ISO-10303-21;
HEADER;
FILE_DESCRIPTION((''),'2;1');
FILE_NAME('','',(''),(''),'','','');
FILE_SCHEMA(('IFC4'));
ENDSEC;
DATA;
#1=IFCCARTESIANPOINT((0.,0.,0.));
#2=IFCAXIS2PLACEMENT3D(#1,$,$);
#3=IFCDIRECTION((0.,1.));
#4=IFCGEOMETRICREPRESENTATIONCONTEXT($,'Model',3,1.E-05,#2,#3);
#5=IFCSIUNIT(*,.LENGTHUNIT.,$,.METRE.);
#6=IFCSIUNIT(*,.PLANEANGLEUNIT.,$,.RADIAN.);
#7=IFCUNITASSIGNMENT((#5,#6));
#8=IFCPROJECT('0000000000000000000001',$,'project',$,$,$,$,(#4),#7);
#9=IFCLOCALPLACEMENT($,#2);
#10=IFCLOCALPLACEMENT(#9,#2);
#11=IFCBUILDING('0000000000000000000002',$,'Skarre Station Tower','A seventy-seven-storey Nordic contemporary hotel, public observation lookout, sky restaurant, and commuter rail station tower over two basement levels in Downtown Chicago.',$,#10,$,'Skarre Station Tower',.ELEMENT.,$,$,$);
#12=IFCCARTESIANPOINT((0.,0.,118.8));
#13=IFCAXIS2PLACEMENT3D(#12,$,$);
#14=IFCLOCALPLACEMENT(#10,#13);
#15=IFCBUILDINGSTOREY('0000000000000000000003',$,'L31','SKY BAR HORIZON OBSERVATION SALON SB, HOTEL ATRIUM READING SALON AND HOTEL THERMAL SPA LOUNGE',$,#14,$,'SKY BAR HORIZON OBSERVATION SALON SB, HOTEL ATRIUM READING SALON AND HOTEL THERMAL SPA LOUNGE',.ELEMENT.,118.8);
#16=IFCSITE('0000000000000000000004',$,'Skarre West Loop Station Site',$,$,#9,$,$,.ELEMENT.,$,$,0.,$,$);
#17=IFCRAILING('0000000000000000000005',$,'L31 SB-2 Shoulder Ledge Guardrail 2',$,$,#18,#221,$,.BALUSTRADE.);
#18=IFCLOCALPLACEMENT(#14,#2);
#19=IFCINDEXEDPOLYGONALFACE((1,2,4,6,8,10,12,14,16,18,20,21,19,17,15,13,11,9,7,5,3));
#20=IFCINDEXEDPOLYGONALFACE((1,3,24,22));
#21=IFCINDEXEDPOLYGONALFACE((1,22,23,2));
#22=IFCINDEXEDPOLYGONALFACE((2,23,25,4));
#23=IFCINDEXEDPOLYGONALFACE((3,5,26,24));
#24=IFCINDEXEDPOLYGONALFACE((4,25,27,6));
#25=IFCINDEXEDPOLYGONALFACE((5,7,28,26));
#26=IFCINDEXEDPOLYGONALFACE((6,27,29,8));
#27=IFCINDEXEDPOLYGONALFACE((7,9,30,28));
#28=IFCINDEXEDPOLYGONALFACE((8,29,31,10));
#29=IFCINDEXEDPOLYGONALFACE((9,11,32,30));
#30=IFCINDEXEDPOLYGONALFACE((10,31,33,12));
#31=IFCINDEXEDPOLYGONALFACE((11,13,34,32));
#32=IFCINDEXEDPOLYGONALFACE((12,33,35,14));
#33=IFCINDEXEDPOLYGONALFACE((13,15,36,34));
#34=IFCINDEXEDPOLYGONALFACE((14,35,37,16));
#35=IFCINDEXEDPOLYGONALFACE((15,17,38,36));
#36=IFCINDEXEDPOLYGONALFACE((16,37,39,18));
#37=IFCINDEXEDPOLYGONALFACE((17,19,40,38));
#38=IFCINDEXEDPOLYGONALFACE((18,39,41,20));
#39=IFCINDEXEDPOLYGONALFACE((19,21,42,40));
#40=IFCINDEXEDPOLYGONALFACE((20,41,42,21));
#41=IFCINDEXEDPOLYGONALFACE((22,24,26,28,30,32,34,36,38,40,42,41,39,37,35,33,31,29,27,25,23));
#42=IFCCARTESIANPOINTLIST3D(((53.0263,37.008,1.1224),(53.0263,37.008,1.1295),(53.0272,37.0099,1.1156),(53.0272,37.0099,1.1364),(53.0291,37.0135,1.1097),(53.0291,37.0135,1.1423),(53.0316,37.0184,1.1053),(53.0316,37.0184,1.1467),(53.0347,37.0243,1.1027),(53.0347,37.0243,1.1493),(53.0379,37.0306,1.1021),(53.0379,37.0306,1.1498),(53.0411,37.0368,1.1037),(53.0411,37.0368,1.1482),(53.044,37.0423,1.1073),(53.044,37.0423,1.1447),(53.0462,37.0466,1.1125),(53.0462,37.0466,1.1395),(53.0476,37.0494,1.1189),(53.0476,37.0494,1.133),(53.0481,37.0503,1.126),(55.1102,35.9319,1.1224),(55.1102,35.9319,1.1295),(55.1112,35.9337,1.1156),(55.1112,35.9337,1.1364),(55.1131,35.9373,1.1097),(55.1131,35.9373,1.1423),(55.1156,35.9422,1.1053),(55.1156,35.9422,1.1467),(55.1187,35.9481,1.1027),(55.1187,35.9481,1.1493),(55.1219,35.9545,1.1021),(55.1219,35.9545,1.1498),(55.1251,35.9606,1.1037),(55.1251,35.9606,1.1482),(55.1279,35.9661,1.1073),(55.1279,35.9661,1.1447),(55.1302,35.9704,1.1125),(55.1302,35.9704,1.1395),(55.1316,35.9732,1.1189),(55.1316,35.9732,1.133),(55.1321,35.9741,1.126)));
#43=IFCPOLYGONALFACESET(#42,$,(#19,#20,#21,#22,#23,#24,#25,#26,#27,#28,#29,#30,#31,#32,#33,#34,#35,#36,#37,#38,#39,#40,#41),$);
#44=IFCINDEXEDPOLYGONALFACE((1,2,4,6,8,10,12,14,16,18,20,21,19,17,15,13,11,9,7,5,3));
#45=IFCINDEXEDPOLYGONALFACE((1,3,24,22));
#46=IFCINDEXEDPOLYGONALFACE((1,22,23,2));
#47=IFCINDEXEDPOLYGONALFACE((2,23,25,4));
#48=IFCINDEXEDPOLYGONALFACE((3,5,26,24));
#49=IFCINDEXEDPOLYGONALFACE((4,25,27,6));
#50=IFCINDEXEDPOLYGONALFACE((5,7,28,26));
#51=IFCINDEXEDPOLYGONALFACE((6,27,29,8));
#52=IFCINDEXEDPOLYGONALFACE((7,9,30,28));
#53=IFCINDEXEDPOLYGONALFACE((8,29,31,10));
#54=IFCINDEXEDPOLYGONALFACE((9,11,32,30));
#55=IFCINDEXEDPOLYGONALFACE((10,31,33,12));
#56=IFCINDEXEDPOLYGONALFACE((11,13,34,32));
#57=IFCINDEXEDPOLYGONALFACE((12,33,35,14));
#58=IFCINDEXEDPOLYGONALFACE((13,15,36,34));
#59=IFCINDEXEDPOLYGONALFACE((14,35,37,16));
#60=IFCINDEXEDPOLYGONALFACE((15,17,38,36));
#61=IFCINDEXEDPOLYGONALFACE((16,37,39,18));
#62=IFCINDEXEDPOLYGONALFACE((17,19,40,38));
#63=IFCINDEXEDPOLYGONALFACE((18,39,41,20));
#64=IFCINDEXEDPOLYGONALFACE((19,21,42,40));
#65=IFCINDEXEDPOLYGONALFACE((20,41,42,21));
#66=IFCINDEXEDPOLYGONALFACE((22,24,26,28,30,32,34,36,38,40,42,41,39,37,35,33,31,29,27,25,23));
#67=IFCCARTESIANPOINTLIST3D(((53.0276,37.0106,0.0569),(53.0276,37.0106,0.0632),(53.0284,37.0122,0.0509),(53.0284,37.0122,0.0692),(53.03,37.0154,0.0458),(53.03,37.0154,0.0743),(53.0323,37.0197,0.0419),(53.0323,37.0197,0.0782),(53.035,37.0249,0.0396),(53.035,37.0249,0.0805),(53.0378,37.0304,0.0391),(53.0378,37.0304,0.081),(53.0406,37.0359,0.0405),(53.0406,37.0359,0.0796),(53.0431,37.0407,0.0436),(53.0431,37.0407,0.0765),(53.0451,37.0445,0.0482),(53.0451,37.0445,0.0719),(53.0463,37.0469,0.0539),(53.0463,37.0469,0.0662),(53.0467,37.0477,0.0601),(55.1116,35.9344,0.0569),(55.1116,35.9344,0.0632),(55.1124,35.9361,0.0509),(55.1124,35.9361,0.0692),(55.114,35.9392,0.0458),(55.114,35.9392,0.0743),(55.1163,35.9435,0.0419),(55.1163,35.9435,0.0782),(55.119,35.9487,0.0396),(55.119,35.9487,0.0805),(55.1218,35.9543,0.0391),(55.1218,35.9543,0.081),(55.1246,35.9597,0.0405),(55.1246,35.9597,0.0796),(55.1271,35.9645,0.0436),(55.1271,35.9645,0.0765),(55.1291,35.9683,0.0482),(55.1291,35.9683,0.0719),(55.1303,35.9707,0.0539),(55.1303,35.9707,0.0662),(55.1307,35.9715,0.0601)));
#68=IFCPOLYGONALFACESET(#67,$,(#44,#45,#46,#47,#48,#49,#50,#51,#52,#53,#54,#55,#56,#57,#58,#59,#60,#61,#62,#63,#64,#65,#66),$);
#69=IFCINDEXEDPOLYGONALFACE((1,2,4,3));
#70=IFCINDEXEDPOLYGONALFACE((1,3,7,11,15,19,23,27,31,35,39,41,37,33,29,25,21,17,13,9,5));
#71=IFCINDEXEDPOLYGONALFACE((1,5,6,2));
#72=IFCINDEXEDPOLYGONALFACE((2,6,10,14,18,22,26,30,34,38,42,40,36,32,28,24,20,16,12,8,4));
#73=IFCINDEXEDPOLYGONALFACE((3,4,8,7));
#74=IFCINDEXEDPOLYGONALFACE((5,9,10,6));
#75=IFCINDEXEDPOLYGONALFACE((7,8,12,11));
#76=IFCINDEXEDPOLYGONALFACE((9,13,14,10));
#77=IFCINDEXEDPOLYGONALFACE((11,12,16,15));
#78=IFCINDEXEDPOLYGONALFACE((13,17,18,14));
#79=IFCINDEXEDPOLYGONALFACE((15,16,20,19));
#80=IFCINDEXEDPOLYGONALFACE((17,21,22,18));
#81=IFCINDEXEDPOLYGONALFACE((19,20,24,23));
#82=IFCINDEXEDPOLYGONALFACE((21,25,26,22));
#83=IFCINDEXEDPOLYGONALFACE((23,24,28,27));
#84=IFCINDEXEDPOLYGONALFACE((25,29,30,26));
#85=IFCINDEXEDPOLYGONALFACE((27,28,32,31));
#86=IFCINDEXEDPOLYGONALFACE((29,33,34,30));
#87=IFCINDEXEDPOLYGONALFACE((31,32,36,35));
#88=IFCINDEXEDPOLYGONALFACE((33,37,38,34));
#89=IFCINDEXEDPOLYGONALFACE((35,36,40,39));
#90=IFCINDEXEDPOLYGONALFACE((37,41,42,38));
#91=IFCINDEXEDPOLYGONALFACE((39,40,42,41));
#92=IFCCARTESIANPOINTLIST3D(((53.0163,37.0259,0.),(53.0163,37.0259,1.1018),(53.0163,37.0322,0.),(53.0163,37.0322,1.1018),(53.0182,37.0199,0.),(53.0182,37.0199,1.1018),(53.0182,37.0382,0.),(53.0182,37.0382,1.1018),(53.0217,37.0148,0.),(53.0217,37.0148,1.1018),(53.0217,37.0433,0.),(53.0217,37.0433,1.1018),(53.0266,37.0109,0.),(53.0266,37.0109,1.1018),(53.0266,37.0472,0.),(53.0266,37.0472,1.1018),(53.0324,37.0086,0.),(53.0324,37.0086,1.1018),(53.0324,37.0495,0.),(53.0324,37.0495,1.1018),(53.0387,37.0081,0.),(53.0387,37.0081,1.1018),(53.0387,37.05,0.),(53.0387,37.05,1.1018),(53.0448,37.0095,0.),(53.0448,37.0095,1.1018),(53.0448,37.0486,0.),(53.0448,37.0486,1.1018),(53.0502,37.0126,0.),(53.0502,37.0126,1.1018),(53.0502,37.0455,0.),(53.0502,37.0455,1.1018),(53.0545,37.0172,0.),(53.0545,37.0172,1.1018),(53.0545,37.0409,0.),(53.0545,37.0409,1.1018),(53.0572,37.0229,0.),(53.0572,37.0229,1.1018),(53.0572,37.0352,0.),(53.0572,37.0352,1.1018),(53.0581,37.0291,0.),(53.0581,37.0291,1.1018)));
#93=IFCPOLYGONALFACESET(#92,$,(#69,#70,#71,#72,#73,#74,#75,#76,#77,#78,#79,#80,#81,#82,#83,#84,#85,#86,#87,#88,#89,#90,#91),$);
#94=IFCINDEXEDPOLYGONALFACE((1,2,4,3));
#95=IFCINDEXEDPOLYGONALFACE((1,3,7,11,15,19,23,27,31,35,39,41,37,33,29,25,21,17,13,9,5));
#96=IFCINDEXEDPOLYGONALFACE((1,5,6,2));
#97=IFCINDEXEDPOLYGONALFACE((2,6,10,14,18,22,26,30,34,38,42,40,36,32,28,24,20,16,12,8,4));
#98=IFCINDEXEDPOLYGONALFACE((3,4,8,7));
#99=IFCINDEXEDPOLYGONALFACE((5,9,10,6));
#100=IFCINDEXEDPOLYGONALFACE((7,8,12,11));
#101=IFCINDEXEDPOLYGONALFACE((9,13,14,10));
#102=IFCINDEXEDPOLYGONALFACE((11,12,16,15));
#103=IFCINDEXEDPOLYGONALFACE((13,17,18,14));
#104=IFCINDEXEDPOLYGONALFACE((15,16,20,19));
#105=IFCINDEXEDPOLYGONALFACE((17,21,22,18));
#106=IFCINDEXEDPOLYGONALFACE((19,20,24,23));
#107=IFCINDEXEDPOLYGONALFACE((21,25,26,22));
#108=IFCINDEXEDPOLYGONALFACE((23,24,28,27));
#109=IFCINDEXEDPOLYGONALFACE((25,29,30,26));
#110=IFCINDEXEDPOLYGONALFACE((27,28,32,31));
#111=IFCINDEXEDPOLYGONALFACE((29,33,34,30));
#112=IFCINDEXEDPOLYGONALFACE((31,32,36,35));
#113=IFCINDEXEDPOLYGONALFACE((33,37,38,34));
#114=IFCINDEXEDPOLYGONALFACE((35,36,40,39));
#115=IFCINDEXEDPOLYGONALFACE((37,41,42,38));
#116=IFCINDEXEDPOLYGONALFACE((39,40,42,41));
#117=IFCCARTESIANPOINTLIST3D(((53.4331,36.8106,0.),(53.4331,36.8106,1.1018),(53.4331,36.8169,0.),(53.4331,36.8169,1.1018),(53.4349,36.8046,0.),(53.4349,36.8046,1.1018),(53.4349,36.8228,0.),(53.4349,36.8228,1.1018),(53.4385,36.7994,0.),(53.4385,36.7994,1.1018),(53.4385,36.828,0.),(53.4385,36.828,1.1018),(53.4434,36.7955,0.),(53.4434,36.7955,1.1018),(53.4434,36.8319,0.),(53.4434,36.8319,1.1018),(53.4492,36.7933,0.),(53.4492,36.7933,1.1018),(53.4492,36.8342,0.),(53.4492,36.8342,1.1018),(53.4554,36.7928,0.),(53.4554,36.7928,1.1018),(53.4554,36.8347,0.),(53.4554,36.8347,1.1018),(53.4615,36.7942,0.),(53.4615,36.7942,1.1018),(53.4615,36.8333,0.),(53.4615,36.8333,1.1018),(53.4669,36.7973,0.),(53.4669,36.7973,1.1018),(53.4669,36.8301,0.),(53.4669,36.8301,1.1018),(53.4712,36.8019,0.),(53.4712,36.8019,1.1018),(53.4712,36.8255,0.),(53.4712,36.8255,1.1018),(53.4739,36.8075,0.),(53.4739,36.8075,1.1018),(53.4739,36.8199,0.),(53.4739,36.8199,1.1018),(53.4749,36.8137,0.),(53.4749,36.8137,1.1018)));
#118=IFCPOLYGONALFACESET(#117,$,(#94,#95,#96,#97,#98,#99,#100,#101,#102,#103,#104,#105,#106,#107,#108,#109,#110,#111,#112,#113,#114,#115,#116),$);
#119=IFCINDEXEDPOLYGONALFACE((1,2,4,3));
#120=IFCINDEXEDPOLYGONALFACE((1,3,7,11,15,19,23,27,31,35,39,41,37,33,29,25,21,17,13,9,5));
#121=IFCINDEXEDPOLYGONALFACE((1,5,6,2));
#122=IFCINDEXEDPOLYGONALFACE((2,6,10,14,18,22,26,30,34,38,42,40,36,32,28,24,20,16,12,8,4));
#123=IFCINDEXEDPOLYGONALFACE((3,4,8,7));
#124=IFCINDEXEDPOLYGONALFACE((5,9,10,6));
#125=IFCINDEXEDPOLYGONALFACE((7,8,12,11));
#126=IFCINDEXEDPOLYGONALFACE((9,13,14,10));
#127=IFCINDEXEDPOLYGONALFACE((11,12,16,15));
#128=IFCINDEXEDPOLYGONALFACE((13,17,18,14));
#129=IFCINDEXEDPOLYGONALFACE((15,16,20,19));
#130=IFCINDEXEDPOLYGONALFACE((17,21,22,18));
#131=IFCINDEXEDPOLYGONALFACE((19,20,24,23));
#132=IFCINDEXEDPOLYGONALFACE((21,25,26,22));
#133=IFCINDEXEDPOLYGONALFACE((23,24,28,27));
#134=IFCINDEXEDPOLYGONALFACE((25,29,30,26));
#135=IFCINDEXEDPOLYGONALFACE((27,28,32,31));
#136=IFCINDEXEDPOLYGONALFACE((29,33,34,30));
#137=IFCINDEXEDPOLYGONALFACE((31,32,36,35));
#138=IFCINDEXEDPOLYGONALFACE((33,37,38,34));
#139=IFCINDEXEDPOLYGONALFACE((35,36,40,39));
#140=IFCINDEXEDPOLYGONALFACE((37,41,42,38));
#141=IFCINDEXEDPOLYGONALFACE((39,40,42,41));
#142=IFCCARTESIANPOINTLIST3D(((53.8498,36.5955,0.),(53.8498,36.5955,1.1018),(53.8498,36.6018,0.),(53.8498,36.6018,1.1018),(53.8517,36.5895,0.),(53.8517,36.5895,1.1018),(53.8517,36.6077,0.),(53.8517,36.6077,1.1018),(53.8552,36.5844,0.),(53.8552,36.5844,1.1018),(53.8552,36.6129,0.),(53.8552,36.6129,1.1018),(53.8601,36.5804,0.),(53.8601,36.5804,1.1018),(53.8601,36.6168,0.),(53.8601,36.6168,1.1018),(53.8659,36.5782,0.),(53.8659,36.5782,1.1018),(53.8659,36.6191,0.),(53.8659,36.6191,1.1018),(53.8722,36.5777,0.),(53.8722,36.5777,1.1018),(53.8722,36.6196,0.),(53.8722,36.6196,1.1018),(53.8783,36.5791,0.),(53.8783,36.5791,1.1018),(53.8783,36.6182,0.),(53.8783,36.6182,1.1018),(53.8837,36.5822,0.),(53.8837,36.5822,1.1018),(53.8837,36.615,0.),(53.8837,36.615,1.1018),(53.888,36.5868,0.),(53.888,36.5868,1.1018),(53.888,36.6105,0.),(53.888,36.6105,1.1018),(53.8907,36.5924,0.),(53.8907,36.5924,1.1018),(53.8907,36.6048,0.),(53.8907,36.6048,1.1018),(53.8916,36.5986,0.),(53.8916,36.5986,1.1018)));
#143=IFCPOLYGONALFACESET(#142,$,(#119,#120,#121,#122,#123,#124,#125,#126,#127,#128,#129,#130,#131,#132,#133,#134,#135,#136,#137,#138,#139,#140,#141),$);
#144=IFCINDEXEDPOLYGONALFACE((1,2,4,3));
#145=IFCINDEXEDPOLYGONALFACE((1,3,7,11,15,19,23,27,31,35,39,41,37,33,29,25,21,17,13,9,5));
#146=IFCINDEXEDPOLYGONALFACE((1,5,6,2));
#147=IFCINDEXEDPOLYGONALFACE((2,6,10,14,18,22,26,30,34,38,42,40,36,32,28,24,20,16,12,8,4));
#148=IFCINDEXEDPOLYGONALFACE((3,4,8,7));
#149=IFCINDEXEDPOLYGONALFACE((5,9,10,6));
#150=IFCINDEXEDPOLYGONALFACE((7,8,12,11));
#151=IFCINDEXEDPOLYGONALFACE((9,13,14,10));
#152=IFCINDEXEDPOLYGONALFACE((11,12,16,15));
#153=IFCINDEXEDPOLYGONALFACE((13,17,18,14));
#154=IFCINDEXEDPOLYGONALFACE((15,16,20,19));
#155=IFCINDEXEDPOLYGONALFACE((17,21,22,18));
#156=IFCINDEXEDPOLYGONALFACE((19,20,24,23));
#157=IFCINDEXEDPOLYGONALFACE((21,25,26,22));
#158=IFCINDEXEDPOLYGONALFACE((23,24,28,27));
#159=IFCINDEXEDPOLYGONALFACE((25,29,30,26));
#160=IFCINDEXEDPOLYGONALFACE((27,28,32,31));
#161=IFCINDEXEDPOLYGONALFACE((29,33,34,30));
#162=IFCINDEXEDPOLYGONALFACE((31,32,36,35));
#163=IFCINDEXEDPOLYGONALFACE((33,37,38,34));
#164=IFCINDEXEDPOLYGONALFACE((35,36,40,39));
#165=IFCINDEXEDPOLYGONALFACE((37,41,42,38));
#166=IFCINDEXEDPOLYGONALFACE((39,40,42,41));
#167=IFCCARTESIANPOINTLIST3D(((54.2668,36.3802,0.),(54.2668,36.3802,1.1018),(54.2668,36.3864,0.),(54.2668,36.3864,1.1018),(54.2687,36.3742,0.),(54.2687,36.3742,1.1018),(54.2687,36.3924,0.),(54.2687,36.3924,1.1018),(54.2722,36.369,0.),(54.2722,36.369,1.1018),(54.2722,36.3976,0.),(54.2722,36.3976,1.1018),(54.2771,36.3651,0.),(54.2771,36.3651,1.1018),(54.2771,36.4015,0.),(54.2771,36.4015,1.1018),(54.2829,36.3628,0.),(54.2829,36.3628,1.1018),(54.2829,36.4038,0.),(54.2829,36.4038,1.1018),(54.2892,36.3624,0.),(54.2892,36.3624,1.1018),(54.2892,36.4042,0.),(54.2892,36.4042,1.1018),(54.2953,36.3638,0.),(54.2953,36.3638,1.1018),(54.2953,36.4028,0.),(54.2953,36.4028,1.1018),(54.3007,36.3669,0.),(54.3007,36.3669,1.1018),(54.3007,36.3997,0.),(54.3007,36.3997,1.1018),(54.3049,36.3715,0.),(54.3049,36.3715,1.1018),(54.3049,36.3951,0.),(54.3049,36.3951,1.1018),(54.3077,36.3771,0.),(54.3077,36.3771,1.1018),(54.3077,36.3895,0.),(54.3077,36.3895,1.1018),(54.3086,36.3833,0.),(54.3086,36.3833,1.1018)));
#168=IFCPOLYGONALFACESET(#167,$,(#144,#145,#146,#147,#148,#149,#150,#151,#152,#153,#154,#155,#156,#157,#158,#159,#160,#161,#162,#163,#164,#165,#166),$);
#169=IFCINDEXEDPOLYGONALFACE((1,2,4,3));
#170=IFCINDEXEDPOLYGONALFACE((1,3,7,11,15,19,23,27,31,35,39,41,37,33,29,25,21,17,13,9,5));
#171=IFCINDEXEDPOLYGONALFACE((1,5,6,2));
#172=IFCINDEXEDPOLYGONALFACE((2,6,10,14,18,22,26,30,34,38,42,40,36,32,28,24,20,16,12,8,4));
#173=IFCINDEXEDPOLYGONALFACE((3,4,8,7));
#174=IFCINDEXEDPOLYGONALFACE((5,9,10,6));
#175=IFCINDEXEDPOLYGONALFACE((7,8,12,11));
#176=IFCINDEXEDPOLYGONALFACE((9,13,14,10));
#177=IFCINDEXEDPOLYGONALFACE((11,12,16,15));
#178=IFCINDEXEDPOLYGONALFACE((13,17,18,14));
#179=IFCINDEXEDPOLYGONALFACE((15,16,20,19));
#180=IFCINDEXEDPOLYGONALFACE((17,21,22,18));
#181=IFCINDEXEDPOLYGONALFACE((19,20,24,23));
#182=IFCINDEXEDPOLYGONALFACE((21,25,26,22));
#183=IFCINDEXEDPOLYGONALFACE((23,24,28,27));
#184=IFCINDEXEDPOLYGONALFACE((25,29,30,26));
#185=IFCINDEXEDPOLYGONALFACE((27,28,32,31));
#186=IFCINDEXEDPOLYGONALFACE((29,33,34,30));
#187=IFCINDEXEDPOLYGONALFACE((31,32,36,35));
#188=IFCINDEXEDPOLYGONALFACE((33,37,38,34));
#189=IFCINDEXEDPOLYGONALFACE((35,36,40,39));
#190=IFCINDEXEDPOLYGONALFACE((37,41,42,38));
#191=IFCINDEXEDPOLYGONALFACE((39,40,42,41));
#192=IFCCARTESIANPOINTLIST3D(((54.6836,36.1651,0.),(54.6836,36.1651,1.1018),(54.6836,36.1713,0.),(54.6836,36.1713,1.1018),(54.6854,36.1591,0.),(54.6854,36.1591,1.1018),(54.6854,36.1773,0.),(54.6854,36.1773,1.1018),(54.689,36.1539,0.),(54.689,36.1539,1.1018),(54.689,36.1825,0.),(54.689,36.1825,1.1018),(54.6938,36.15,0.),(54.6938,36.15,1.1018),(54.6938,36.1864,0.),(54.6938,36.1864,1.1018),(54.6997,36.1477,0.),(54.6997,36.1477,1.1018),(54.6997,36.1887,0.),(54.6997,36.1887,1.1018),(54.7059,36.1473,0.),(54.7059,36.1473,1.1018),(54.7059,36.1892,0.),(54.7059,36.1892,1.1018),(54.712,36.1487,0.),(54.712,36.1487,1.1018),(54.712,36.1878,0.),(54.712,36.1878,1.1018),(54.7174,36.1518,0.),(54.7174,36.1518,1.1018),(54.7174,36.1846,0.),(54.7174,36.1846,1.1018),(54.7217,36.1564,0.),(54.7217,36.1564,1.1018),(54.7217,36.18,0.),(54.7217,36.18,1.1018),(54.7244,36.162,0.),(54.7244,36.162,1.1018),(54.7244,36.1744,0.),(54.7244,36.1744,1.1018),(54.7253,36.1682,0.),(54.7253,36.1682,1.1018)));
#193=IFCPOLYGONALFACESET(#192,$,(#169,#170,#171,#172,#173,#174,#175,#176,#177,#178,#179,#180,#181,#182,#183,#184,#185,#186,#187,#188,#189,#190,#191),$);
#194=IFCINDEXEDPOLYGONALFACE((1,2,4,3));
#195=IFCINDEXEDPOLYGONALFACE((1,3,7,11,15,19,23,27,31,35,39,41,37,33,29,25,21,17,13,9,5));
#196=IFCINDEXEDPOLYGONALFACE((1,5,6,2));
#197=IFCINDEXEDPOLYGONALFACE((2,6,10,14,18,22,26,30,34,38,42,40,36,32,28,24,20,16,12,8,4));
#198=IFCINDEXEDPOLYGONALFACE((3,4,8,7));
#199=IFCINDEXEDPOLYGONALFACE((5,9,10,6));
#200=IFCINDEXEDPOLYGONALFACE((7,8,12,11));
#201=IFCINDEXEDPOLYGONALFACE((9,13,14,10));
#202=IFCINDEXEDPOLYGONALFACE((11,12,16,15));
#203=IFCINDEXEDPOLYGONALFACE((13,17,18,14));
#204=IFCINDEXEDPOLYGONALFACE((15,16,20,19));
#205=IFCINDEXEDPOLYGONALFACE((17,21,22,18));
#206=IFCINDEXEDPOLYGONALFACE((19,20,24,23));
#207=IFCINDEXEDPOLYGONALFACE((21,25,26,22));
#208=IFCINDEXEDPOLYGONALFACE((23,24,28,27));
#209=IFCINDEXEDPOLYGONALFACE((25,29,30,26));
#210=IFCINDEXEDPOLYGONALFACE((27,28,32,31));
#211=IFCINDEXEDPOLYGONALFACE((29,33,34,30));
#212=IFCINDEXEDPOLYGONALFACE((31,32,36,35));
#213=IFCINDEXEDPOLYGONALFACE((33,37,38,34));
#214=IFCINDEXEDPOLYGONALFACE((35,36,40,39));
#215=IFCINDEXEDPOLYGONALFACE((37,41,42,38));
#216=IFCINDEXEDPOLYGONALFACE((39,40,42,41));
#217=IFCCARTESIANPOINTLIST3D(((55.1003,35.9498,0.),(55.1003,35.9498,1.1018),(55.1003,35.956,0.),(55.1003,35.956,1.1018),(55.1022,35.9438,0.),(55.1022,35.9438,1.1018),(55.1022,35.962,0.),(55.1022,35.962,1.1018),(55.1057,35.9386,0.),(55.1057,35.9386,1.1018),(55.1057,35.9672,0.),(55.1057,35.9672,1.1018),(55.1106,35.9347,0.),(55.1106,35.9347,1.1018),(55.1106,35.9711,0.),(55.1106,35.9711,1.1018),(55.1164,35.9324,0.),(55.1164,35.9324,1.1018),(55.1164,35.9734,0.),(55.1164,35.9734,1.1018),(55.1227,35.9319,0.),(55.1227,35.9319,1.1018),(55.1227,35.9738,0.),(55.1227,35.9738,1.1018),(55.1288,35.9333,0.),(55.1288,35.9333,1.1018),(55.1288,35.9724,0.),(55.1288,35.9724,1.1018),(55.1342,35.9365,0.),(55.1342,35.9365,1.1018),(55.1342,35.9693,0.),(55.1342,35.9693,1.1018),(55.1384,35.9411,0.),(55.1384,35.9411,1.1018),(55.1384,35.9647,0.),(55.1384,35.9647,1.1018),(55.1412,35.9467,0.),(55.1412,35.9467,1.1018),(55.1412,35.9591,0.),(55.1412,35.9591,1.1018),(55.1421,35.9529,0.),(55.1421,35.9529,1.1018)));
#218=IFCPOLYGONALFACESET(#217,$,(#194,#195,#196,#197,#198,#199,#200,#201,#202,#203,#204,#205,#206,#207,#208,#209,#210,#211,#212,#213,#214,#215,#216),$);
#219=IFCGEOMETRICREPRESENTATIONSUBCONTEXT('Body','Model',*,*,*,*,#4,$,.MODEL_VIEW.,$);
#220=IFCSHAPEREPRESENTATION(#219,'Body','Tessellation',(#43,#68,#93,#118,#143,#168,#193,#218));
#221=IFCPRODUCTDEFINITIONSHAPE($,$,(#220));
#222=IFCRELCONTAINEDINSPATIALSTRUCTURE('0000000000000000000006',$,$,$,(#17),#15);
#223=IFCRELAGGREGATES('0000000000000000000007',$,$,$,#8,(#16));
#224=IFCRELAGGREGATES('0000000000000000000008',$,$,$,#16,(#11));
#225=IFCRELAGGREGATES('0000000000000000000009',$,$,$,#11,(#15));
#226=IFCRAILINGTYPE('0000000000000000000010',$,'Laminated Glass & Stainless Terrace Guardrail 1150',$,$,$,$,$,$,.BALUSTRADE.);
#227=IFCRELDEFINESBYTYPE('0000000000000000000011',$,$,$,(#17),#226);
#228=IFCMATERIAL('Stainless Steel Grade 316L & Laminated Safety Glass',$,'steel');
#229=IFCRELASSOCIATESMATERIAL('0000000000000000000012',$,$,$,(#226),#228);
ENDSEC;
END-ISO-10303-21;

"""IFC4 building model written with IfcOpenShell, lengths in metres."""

from ifc_helpers import new_model, si_unit, direction, frame, origin, origin_2d, place, context, subcontext, project, spatial, circle, extrude, material, type_object, element, save


model = new_model("IFC4")

# Units and contexts
model_context = context("Model", 3, precision=1e-05, world=origin(), true_north=direction((0.0, 1.0)))
body_context = subcontext(model_context, "Body", "Model", "MODEL_VIEW")
ifc_project = project(units=[si_unit("LENGTHUNIT", "METRE"), si_unit("PLANEANGLEUNIT", "RADIAN")], contexts=[model_context])

# Site, building, storey
site_placement = place(None, origin())
site = spatial("IfcSite", under=ifc_project, at=site_placement, Name="Skarre West Loop Station Site", CompositionType="ELEMENT", RefElevation=0.0)
building_placement = place(site_placement, origin())
building = spatial("IfcBuilding", under=site, at=building_placement, Name="Skarre Station Tower", Description="A seventy-seven-storey Nordic contemporary hotel, public observation lookout, sky restaurant, and commuter rail station tower over two basement levels in Downtown Chicago.", LongName="Skarre Station Tower", CompositionType="ELEMENT")
storey_placement = place(building_placement, frame((0.0, 0.0, 118.8)))
storey = spatial("IfcBuildingStorey", under=building, at=storey_placement, Name="L31", Description="SKY BAR HORIZON OBSERVATION SALON SB, HOTEL ATRIUM READING SALON AND HOTEL THERMAL SPA LOUNGE", LongName="SKY BAR HORIZON OBSERVATION SALON SB, HOTEL ATRIUM READING SALON AND HOTEL THERMAL SPA LOUNGE", CompositionType="ELEMENT", Elevation=118.8)

# Railing
ifc_material_1 = material(Name="Stainless Steel Grade 316L & Laminated Safety Glass", Category="steel")
railing_type = type_object("IfcRailingType", Name="Laminated Glass & Stainless Terrace Guardrail 1150", PredefinedType="BALUSTRADE", material=ifc_material_1)
railing_placement = place(storey_placement, frame((53.0371, 37.0291, 0.0)))
element("IfcRailing", 1, at=railing_placement, inside=storey, type_object=railing_type, Name="L31 SB-2 Shoulder Ledge Guardrail 2", PredefinedType="BALUSTRADE", context=body_context, shape_type="SweptSolid", body=[
    extrude(circle(Radius=0.0239, at=origin_2d()), frame((0.0, 0.0, 1.126), z_axis=(0.888522, -0.458834, 0.0), x_axis=(0.458834, 0.888522, 0.0)), (0.0, 0.0, 1.0), 2.3455),
    extrude(circle(Radius=0.021, at=origin_2d()), frame((0.0, 0.0, 0.0601), z_axis=(0.888522, -0.458834, 0.0), x_axis=(0.458834, 0.888522, 0.0)), (0.0, 0.0, 1.0), 2.3455),
    extrude(circle(Radius=0.021, at=origin_2d()), origin(), (0.0, 0.0, 1.0), 1.1018),
    extrude(circle(Radius=0.021, at=origin_2d()), frame((0.4167, -0.2153, 0.0)), (0.0, 0.0, 1.0), 1.1018),
    extrude(circle(Radius=0.021, at=origin_2d()), frame((0.8335, -0.4304, 0.0)), (0.0, 0.0, 1.0), 1.1018),
    extrude(circle(Radius=0.021, at=origin_2d()), frame((1.2505, -0.6458, 0.0)), (0.0, 0.0, 1.0), 1.1018),
    extrude(circle(Radius=0.021, at=origin_2d()), frame((1.6672, -0.8608, 0.0)), (0.0, 0.0, 1.0), 1.1018),
    extrude(circle(Radius=0.021, at=origin_2d()), frame((2.084, -1.0762, 0.0)), (0.0, 0.0, 1.0), 1.1018),
])

save(model, "model.ifc")
